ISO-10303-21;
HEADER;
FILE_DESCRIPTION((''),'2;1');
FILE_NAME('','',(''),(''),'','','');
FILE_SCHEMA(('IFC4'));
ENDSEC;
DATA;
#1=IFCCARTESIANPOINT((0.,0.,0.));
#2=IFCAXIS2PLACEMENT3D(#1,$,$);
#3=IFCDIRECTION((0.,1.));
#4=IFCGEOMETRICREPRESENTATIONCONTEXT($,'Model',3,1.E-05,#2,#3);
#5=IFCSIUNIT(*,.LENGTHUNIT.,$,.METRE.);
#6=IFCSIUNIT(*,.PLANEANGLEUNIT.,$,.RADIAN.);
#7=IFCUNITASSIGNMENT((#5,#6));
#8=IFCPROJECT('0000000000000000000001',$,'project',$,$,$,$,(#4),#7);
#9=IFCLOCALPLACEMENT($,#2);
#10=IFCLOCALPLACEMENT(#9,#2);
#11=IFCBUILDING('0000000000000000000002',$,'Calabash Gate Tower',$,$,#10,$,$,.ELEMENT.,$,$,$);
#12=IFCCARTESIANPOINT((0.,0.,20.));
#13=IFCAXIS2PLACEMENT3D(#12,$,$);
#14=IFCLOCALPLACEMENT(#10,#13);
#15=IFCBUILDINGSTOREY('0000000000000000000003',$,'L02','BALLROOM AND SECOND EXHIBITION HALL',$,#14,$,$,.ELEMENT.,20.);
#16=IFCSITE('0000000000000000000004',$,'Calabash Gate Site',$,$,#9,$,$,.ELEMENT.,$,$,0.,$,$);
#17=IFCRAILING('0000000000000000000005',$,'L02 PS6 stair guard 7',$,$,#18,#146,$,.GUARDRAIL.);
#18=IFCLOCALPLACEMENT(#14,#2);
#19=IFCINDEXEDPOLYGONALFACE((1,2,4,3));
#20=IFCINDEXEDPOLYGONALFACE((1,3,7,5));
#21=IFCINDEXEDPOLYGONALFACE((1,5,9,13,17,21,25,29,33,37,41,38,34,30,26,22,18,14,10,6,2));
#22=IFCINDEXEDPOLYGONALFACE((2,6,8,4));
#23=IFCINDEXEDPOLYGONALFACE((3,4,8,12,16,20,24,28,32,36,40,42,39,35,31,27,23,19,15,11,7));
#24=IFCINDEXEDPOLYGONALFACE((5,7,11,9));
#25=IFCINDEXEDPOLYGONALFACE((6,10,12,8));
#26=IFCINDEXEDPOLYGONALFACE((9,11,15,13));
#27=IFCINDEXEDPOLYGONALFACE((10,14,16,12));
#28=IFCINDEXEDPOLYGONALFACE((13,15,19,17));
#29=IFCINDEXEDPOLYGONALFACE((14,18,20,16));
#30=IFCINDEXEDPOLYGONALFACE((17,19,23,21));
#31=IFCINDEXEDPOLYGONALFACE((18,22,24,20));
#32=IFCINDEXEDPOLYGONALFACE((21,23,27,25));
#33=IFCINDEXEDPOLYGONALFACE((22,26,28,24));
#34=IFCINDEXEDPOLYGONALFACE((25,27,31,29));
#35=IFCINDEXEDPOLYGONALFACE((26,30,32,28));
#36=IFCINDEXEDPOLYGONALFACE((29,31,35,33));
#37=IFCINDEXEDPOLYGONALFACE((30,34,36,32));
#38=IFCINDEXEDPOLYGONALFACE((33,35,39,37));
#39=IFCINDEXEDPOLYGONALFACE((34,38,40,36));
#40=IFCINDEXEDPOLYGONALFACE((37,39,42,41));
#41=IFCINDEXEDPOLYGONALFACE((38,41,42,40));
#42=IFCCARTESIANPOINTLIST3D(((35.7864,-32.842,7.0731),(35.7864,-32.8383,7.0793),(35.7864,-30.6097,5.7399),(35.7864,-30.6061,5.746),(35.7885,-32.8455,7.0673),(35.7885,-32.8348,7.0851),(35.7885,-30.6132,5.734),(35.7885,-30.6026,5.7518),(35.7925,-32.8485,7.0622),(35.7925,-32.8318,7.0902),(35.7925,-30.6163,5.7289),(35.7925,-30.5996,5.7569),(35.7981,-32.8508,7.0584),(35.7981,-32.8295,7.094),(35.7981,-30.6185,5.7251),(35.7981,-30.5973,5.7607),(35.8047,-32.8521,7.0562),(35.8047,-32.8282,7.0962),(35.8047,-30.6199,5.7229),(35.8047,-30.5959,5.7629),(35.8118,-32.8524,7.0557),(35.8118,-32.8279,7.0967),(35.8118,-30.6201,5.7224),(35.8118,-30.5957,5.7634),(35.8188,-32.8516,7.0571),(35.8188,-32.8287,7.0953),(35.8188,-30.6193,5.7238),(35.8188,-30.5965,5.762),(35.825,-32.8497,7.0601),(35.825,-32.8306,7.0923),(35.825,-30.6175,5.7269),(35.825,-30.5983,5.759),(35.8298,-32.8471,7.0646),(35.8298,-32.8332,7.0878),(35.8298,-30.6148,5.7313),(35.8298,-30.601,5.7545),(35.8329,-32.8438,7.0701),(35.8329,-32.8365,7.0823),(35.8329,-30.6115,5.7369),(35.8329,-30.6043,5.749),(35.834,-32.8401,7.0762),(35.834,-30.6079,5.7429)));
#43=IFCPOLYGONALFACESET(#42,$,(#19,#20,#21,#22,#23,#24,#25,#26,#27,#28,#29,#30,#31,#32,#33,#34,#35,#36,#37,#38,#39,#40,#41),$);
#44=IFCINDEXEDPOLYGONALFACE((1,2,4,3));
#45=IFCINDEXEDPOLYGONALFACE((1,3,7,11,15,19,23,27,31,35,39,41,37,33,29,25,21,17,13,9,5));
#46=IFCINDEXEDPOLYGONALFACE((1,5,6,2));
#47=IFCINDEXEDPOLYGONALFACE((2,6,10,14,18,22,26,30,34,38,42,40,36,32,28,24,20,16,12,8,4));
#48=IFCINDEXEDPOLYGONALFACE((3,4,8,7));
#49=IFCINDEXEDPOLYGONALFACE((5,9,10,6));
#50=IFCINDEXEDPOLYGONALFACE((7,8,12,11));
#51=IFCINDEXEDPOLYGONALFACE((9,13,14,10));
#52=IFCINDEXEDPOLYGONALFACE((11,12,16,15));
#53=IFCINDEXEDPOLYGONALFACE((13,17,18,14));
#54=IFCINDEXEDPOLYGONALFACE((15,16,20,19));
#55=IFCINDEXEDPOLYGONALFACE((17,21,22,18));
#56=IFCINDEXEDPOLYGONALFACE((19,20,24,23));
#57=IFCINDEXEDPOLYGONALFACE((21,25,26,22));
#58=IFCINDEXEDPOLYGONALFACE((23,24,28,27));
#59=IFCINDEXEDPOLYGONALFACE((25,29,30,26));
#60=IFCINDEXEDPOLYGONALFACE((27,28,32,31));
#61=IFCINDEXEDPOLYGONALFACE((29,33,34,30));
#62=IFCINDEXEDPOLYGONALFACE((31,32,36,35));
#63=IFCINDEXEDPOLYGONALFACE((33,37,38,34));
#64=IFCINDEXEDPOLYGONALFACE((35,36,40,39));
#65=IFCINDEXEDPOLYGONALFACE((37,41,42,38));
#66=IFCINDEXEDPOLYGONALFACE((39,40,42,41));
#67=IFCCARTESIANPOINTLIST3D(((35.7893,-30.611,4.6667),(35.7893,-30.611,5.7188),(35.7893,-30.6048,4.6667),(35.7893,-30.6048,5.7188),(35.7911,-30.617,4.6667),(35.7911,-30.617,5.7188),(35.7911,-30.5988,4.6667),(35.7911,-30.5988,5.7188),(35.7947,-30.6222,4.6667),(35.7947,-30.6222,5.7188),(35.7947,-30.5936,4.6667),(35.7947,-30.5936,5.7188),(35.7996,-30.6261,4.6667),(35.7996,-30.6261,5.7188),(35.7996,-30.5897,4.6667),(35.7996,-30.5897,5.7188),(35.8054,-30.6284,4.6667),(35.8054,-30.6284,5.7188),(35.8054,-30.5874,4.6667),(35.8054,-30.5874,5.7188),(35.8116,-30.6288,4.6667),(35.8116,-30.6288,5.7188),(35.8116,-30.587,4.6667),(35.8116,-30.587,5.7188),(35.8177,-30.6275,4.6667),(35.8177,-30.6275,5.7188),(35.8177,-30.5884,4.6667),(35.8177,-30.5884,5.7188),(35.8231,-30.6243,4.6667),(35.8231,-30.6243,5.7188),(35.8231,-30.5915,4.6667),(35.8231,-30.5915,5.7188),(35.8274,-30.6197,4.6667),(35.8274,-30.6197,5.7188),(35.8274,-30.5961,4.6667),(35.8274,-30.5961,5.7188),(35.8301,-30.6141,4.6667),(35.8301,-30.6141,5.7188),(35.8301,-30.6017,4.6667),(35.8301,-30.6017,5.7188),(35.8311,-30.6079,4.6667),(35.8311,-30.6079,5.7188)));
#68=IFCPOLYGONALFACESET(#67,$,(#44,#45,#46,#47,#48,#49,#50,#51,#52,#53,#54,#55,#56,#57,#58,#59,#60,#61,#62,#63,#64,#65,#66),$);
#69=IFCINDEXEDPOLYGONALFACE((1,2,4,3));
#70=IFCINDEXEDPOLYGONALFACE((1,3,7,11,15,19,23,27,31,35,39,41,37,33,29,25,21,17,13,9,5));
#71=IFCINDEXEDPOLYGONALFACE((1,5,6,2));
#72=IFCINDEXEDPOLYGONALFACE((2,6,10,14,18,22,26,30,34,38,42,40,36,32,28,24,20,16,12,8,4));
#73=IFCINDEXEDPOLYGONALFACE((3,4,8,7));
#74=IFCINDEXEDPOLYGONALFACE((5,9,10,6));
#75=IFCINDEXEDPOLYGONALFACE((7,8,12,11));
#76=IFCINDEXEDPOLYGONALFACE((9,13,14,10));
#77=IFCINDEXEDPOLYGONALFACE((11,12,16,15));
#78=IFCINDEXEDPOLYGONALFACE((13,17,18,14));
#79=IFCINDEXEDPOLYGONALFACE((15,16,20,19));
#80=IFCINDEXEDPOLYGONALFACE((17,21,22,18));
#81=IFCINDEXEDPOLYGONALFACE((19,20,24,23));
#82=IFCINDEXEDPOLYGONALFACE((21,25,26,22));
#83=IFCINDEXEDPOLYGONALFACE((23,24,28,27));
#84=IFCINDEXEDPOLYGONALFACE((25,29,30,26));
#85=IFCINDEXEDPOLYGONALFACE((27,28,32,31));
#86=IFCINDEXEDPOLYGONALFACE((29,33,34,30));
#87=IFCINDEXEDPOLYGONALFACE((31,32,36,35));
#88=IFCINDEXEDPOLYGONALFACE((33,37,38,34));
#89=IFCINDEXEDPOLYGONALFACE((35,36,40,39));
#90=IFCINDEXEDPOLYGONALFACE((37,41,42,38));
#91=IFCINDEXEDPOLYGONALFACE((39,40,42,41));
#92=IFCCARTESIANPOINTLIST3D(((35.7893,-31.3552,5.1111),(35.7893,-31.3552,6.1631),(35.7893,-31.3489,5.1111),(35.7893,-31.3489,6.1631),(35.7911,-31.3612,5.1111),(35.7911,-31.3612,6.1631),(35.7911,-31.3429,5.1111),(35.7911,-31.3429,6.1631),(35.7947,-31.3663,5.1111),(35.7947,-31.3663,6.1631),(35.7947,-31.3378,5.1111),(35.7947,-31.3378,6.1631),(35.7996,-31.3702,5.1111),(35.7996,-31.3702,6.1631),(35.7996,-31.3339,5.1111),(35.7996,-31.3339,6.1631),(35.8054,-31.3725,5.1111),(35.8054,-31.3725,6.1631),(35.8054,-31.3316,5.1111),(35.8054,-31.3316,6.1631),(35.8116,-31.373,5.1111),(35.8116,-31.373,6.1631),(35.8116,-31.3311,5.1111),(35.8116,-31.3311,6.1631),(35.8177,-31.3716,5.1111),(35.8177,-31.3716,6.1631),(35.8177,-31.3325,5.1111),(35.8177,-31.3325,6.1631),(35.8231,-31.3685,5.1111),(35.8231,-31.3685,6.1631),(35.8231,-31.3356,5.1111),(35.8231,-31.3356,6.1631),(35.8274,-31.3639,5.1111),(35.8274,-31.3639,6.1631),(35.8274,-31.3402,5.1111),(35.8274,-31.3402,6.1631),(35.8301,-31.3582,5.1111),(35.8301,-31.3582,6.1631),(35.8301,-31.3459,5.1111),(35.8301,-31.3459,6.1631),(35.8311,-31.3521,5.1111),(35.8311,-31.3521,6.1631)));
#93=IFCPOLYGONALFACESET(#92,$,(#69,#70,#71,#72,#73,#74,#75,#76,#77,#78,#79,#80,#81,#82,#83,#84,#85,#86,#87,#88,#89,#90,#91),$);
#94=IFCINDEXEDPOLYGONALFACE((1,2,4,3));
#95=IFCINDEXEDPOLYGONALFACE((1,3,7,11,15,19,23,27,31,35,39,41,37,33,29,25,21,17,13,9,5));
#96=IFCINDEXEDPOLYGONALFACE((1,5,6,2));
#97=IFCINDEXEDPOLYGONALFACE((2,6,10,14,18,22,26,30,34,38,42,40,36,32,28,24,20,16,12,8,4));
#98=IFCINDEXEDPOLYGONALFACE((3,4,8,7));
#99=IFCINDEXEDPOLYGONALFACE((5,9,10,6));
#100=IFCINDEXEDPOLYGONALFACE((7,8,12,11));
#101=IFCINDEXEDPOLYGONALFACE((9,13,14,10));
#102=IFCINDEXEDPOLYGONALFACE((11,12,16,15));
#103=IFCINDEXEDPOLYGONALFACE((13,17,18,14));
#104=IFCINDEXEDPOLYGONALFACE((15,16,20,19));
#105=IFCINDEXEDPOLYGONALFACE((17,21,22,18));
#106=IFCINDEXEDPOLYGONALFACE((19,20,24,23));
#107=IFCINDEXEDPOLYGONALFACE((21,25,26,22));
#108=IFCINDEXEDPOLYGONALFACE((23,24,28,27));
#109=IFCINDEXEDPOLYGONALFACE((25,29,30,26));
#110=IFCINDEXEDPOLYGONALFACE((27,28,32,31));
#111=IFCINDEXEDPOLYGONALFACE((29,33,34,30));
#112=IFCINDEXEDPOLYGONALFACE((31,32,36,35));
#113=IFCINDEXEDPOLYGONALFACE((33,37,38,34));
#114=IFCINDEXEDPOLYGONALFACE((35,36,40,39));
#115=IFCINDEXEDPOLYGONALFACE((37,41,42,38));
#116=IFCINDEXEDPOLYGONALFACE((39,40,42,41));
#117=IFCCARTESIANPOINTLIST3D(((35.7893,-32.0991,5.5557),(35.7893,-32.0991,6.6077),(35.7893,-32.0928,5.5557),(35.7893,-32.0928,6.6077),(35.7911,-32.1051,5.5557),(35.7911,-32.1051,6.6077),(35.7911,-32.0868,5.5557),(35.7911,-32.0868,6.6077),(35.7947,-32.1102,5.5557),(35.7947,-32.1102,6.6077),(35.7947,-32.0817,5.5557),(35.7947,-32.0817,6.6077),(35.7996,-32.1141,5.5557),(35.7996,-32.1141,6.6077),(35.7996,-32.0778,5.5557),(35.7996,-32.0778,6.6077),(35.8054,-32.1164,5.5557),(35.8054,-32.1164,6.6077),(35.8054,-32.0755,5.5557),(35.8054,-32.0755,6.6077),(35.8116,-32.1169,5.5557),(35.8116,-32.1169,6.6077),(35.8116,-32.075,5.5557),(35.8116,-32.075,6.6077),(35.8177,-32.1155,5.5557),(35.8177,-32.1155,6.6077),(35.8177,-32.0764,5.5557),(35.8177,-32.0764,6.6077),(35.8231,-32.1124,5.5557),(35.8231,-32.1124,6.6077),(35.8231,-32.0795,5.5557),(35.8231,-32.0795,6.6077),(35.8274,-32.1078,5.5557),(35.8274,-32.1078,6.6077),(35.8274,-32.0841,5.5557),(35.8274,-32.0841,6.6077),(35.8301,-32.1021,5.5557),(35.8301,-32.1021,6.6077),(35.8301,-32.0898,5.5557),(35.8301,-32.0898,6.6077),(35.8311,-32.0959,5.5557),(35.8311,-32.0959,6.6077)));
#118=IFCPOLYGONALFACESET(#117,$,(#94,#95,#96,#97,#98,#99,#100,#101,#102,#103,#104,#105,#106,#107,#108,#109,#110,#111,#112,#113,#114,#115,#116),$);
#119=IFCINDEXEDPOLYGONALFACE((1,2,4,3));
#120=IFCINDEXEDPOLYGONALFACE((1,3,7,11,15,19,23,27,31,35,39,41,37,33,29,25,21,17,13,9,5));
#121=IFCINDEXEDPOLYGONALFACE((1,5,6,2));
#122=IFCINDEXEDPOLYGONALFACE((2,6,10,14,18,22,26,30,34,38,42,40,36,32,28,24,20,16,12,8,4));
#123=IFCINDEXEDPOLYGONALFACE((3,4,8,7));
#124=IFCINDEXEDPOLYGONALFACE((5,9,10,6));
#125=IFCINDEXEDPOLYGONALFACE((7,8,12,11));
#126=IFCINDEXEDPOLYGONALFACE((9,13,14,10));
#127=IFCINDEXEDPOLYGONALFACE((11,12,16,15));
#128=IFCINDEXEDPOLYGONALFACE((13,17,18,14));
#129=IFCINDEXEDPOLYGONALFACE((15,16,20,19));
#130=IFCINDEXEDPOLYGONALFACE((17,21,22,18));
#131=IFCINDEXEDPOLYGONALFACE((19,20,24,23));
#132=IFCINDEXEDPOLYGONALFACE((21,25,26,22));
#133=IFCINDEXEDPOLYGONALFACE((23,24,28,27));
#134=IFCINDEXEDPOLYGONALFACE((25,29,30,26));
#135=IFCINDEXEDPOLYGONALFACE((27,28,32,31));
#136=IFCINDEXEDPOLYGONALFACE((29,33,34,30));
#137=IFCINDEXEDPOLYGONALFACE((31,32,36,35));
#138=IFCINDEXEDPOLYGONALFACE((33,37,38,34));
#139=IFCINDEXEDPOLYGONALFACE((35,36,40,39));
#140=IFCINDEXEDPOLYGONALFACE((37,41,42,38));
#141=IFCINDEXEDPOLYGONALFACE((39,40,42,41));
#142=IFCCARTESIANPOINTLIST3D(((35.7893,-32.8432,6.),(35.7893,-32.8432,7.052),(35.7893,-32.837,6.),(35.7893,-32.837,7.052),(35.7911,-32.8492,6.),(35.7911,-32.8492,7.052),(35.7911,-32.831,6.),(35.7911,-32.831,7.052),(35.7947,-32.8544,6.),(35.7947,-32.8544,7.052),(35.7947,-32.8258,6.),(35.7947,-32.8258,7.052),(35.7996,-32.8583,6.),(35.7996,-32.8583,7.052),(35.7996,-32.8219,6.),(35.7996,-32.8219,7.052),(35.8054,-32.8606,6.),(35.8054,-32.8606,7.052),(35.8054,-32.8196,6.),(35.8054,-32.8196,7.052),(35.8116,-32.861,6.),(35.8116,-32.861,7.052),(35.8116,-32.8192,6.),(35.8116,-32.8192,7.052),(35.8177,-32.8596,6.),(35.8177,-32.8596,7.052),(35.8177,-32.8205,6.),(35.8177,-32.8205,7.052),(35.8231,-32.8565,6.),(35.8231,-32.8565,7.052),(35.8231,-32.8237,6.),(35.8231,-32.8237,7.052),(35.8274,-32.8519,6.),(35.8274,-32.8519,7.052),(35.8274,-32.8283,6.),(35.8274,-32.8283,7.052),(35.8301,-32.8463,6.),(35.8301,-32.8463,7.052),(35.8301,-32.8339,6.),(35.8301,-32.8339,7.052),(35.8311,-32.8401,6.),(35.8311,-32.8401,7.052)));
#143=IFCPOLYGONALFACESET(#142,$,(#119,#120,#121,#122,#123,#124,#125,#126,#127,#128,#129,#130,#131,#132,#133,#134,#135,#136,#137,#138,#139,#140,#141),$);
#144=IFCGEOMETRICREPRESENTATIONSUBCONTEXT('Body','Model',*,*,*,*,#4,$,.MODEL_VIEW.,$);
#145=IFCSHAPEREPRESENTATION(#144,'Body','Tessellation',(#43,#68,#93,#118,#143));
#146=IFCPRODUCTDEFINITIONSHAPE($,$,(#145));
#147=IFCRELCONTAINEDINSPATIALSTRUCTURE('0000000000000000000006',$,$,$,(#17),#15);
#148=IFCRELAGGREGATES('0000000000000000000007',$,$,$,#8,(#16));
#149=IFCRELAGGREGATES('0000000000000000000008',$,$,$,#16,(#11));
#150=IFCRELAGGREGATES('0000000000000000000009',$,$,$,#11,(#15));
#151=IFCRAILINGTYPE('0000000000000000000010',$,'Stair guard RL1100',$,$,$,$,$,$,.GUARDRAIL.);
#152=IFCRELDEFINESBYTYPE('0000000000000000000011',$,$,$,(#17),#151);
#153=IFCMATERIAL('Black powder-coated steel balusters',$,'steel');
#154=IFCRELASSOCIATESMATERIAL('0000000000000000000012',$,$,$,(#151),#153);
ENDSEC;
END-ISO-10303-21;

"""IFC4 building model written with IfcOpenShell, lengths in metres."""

from ifc_helpers import new_model, si_unit, direction, frame, origin, origin_2d, place, context, subcontext, project, spatial, circle, extrude, material, type_object, element, save


model = new_model("IFC4")

# Units and contexts
model_context = context("Model", 3, precision=1e-05, world=origin(), true_north=direction((0.0, 1.0)))
body_context = subcontext(model_context, "Body", "Model", "MODEL_VIEW")
ifc_project = project(units=[si_unit("LENGTHUNIT", "METRE"), si_unit("PLANEANGLEUNIT", "RADIAN")], contexts=[model_context])

# Site, building, storey
site_placement = place(None, origin())
site = spatial("IfcSite", under=ifc_project, at=site_placement, Name="Calabash Gate Site", CompositionType="ELEMENT", RefElevation=0.0)
building_placement = place(site_placement, origin())
building = spatial("IfcBuilding", under=site, at=building_placement, Name="Calabash Gate Tower", CompositionType="ELEMENT")
storey_placement = place(building_placement, frame((0.0, 0.0, 20.0)))
storey = spatial("IfcBuildingStorey", under=building, at=storey_placement, Name="L02", Description="BALLROOM AND SECOND EXHIBITION HALL", CompositionType="ELEMENT", Elevation=20.0)

# Railing
ifc_material_1 = material(Name="Black powder-coated steel balusters", Category="steel")
railing_type_1 = type_object("IfcRailingType", Name="Stair guard RL1100", PredefinedType="GUARDRAIL", material=ifc_material_1)
railing_placement = place(storey_placement, frame((35.8101, -30.6079, 4.6667)))
element("IfcRailing", 1, at=railing_placement, inside=storey, type_object=railing_type_1, Name="L02 PS6 stair guard 7", PredefinedType="GUARDRAIL", context=body_context, shape_type="SweptSolid", body=[
    extrude(circle(Radius=0.0239, at=origin_2d()), frame((0.0, 0.0, 1.0762), z_axis=(0.0, -0.858519, 0.512782), x_axis=(1.0, 0.0, 0.0)), (0.0, 0.0, 1.0), 2.6001),
    extrude(circle(Radius=0.021, at=origin_2d()), origin(), (0.0, 0.0, 1.0), 1.052),
    extrude(circle(Radius=0.021, at=origin_2d()), frame((0.0, -0.7441, 0.4443)), (0.0, 0.0, 1.0), 1.052),
    extrude(circle(Radius=0.021, at=origin_2d()), frame((0.0, -1.488, 0.8889)), (0.0, 0.0, 1.0), 1.052),
    extrude(circle(Radius=0.021, at=origin_2d()), frame((0.0, -2.2322, 1.3333)), (0.0, 0.0, 1.0), 1.052),
])

save(model, "model.ifc")
